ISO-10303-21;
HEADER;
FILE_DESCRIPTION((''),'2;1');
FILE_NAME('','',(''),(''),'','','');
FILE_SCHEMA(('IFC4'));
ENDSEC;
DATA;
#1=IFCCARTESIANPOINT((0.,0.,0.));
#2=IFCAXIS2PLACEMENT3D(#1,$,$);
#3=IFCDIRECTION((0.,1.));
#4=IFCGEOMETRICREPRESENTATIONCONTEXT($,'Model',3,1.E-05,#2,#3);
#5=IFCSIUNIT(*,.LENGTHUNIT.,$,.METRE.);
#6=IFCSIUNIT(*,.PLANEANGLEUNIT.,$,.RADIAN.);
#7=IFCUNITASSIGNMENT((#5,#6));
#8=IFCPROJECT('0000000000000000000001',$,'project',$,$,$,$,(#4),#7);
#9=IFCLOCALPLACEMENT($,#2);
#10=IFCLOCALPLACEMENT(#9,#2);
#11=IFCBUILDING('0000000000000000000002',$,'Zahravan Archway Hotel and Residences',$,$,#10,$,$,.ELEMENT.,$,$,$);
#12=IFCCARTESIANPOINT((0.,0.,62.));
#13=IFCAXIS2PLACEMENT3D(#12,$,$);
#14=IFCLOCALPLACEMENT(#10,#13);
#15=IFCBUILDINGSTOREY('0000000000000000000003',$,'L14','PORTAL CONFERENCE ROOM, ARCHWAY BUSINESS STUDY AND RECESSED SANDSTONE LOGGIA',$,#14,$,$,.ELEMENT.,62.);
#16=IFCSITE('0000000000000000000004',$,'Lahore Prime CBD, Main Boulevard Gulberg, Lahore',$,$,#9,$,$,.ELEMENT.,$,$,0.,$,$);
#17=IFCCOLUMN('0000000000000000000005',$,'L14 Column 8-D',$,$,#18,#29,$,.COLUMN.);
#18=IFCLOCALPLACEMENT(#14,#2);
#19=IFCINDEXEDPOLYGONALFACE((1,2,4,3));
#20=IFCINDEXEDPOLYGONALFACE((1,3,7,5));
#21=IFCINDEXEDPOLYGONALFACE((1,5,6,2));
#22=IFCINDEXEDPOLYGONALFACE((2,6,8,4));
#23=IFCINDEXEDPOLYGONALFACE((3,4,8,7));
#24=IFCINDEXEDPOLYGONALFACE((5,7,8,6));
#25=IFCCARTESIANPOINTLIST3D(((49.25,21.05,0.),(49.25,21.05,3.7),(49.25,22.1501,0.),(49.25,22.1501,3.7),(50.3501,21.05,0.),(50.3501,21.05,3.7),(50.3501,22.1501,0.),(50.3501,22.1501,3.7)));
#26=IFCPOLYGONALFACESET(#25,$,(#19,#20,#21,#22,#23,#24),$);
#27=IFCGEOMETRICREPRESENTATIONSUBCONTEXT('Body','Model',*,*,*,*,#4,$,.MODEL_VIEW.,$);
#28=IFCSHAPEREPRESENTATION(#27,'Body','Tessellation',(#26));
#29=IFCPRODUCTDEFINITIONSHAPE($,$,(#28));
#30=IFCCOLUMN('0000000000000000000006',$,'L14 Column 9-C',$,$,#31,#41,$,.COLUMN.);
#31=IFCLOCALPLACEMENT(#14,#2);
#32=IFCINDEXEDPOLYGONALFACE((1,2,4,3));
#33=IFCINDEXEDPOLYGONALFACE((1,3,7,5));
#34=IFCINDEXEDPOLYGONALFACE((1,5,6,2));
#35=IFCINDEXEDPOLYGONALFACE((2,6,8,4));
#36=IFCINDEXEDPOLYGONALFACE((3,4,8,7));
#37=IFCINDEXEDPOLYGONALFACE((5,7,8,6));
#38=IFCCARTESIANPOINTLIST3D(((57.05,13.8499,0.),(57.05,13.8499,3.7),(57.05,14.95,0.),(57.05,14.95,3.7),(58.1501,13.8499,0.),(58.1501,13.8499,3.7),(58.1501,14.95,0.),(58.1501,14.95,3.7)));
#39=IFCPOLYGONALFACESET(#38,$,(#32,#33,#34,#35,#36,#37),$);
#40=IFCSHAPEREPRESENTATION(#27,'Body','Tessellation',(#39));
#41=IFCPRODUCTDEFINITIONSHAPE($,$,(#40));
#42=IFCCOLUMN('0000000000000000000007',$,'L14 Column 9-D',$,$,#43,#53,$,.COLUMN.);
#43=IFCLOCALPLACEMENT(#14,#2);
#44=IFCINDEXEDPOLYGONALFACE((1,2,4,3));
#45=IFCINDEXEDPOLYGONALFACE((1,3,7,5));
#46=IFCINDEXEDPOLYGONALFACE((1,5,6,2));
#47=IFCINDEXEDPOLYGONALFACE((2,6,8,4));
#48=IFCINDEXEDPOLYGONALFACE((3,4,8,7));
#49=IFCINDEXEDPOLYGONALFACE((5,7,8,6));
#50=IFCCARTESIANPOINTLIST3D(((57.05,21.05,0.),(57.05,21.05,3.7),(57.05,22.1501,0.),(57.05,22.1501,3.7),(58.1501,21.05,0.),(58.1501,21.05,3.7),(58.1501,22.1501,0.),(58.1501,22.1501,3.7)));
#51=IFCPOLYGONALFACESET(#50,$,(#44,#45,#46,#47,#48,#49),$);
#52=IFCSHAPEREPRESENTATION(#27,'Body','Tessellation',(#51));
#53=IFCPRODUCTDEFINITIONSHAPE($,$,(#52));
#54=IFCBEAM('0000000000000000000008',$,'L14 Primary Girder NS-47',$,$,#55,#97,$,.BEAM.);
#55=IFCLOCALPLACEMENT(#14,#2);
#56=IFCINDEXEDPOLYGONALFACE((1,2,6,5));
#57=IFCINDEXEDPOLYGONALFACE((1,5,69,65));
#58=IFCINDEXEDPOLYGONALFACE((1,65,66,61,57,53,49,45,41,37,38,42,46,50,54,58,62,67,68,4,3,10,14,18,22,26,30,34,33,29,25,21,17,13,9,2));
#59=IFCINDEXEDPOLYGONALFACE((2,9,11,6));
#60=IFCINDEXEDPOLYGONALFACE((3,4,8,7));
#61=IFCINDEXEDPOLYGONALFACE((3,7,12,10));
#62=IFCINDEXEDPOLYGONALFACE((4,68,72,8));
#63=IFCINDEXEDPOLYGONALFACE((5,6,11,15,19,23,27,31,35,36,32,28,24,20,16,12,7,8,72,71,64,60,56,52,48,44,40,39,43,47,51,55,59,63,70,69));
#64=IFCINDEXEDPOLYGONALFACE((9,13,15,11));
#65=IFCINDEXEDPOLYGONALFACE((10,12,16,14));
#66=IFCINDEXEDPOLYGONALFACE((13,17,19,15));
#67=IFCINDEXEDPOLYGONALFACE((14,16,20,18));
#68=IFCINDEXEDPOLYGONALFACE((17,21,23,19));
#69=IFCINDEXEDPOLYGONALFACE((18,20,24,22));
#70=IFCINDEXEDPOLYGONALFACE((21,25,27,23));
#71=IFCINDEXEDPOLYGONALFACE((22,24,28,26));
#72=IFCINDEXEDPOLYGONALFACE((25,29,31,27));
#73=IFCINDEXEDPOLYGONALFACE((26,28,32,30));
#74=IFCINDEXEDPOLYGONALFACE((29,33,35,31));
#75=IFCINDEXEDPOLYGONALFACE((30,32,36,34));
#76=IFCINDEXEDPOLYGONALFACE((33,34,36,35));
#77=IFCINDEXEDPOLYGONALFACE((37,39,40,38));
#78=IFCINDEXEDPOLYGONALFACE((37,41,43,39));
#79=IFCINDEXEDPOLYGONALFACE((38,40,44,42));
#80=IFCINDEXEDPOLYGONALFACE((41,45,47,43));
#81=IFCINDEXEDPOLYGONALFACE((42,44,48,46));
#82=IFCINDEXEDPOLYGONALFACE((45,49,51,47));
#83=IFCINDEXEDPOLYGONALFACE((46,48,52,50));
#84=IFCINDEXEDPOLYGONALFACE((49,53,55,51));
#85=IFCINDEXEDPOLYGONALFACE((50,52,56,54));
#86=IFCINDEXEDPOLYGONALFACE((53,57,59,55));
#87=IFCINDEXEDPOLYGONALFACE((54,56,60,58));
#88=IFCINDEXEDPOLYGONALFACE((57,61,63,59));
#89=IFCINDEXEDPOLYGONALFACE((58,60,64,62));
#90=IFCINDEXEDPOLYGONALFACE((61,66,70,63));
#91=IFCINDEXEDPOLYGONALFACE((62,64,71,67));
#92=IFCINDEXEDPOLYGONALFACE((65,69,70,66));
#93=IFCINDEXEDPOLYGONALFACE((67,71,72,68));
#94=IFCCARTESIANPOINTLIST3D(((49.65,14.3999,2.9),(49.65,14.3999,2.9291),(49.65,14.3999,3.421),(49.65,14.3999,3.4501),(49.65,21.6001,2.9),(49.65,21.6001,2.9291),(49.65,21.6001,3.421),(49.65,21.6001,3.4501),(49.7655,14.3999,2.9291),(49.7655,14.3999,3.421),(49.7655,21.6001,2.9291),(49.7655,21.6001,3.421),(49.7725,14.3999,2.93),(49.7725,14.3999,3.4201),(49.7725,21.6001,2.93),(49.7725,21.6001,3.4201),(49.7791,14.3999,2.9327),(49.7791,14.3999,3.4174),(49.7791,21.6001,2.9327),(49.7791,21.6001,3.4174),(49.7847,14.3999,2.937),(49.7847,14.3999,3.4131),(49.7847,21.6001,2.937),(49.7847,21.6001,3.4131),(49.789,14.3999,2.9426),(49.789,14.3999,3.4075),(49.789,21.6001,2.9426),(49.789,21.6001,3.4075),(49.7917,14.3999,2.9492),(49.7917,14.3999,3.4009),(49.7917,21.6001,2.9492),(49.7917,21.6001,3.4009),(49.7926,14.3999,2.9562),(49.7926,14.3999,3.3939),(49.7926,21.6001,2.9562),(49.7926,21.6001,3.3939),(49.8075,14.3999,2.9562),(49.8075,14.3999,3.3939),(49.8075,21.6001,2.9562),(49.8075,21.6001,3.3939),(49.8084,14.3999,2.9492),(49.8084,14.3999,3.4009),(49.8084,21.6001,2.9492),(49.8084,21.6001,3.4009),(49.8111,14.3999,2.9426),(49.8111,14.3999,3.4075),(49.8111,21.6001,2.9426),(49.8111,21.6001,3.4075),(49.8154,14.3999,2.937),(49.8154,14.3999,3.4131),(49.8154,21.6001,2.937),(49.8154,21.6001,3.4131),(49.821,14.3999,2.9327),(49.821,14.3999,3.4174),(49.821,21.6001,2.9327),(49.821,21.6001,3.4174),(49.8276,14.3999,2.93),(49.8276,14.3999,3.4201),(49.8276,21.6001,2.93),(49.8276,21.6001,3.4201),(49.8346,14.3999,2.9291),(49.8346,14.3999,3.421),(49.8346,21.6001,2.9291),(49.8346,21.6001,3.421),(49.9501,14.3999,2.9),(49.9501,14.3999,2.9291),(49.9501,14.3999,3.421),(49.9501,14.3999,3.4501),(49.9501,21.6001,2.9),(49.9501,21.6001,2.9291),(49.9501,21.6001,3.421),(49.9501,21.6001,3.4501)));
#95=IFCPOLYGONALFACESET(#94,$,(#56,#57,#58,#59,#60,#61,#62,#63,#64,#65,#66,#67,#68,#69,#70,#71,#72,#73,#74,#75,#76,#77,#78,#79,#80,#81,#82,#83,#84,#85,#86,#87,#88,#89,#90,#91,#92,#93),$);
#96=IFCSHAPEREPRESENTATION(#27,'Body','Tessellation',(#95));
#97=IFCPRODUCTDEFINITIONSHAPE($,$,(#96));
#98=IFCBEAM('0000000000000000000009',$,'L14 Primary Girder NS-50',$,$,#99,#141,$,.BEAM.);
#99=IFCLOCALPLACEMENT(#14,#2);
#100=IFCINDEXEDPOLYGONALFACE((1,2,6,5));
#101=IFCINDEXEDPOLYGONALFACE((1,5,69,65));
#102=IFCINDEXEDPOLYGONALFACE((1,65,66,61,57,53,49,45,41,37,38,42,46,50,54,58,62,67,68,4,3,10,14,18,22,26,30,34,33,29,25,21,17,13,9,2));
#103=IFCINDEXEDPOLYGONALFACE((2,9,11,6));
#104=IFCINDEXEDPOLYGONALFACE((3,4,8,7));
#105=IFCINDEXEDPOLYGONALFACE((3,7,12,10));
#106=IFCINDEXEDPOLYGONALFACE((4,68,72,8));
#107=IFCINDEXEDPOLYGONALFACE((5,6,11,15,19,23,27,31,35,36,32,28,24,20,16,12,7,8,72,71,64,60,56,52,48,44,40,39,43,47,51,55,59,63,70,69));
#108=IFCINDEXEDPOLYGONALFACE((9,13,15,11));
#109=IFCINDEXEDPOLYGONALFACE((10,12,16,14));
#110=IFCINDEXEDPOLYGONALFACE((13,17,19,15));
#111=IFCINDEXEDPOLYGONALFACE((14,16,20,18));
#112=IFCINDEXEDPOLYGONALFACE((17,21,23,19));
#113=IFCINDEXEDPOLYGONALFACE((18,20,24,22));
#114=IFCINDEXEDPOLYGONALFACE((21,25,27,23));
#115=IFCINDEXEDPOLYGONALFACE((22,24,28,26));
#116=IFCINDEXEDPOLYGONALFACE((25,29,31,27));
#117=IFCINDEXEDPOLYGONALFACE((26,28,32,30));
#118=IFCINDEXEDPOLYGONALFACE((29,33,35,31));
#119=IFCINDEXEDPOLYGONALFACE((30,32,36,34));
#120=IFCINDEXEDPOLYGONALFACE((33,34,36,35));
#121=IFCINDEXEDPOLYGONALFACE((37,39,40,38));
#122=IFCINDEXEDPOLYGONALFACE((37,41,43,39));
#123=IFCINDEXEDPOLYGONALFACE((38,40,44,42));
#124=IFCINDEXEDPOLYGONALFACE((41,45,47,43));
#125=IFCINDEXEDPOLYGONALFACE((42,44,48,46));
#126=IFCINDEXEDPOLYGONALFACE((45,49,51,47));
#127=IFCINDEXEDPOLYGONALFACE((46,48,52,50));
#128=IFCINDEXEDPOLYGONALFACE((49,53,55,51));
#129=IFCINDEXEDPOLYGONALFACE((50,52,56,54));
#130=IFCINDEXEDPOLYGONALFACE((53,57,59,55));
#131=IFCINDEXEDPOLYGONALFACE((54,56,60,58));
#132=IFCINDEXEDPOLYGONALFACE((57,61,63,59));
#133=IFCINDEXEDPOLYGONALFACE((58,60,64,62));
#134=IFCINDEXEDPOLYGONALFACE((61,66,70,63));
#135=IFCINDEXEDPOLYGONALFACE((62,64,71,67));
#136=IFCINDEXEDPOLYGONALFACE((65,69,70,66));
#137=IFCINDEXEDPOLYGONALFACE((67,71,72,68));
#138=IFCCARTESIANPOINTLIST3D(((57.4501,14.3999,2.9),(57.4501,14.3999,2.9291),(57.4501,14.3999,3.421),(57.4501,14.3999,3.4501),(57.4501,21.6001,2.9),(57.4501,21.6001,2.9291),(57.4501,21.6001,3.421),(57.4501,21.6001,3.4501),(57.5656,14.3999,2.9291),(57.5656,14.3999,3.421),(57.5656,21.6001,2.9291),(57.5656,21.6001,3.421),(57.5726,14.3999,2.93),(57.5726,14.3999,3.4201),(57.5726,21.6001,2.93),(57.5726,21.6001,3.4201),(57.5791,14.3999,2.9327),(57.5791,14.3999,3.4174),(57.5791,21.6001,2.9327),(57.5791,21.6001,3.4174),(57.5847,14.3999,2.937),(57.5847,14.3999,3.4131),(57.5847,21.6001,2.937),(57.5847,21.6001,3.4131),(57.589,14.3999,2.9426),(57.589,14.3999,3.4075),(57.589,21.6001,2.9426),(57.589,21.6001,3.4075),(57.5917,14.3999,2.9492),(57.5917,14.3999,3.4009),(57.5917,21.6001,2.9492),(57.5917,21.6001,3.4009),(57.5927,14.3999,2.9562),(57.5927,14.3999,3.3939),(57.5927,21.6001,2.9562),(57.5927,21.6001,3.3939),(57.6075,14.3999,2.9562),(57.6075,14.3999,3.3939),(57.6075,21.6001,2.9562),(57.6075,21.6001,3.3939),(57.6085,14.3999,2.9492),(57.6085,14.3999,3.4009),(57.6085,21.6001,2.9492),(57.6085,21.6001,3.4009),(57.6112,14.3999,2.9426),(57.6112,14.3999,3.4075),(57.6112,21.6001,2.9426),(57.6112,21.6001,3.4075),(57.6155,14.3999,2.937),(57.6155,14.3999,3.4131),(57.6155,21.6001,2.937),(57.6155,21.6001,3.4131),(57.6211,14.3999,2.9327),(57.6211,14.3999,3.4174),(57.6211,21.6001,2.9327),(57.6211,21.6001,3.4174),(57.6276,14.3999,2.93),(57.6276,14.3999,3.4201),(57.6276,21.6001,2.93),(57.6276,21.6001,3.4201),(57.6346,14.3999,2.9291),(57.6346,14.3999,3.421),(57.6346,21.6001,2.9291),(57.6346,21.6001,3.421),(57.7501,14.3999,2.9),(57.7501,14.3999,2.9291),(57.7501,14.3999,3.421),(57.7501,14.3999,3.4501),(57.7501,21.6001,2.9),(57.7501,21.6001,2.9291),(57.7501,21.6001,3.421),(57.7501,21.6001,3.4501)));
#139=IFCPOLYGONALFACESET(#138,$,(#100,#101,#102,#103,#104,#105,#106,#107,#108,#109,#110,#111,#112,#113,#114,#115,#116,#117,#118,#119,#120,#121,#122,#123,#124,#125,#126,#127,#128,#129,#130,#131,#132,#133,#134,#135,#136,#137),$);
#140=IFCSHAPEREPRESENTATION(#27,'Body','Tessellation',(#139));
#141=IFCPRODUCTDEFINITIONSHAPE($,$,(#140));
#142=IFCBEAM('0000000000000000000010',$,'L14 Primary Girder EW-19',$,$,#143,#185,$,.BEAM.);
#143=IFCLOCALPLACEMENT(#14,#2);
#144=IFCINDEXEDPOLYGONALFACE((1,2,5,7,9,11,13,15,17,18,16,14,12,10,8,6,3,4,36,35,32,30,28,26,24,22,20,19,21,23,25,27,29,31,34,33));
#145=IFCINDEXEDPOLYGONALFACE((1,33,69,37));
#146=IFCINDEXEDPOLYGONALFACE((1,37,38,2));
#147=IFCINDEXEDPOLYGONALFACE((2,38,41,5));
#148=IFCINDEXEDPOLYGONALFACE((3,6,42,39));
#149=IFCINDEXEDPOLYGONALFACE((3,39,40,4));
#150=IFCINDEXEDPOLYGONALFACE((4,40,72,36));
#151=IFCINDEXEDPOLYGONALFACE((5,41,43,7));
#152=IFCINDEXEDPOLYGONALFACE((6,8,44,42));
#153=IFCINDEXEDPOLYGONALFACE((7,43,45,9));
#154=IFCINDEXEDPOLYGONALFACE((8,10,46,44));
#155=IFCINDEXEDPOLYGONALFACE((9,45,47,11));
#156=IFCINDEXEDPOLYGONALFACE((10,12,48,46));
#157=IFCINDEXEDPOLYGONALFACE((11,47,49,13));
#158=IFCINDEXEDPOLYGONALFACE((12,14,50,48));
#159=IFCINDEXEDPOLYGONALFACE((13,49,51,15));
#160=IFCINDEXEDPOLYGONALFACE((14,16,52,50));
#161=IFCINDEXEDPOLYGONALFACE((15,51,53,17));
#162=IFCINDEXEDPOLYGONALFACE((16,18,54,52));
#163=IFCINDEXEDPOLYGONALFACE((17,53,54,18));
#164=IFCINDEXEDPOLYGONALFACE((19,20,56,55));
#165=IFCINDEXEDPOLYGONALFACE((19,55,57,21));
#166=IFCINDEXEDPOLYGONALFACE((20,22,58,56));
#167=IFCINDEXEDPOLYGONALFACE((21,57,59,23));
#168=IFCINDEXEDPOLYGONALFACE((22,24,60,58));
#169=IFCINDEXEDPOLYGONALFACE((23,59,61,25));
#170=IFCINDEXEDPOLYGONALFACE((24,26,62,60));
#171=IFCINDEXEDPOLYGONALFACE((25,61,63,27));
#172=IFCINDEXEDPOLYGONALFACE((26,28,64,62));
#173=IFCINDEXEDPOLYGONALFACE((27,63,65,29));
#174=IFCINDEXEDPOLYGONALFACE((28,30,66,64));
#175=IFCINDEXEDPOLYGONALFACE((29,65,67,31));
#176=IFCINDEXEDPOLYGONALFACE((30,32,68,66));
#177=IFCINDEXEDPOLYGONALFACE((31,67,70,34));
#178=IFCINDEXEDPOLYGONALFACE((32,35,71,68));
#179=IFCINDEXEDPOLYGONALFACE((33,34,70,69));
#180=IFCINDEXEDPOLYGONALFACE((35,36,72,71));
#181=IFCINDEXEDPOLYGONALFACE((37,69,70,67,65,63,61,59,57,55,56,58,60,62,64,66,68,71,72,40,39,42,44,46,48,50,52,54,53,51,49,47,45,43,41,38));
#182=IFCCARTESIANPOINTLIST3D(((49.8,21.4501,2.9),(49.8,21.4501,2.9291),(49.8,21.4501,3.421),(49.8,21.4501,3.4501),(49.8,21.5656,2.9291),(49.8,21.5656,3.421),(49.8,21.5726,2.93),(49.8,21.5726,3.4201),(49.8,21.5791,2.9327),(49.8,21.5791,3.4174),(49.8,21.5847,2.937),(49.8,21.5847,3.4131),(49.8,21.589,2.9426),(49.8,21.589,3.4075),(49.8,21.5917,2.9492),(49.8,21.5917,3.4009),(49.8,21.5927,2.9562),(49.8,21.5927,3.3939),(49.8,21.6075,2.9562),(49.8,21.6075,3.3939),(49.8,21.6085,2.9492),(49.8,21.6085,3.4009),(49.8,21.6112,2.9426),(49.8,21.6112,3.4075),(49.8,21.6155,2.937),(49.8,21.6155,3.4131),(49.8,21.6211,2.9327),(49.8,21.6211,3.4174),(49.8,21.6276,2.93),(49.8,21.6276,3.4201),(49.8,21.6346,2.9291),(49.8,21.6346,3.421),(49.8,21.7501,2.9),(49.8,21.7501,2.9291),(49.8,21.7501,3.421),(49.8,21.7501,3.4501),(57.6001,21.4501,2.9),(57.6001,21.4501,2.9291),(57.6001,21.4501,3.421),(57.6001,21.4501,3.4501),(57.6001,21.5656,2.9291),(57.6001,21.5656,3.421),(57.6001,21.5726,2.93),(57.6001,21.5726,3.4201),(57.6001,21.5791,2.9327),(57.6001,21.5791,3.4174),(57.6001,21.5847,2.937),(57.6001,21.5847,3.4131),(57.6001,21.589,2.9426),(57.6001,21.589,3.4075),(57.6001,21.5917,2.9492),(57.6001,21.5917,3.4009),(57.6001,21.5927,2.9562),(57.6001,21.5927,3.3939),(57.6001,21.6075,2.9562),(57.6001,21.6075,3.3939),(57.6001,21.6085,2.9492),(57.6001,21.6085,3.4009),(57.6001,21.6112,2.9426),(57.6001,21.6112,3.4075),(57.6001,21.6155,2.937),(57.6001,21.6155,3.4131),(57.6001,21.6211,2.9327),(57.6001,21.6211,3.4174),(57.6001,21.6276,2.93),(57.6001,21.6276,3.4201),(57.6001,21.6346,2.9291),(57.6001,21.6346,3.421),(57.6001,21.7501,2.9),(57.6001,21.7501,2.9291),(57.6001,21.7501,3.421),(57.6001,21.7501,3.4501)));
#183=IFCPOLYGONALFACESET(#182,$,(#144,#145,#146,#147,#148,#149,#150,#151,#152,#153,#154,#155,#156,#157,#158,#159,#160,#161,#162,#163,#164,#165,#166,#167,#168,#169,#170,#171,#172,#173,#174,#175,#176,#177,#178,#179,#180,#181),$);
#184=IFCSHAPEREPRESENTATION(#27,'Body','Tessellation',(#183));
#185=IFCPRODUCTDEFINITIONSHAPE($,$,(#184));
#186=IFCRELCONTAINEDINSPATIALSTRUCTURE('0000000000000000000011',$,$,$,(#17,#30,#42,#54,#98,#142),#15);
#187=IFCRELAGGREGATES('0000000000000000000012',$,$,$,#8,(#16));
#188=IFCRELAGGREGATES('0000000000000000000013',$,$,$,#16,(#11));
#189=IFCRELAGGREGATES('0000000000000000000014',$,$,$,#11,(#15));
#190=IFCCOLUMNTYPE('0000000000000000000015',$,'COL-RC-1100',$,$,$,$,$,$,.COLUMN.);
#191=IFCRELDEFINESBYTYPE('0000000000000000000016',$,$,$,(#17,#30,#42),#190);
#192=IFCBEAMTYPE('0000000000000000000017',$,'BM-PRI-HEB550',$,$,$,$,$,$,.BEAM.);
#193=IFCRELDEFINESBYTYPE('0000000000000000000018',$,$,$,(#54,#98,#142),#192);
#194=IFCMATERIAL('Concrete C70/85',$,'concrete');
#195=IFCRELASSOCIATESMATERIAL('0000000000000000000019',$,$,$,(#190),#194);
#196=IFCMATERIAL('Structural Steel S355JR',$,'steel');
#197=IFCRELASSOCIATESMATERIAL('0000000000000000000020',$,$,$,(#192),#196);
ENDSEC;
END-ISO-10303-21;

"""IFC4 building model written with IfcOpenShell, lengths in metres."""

from ifc_helpers import new_model, si_unit, direction, frame, origin, origin_2d, place, context, subcontext, project, spatial, rectangle, i_section, extrude, source, transform, mapped, material, material_profile, profile_set, type_object, type_shapes, element, save


model = new_model("IFC4")

# Units and contexts
model_context = context("Model", 3, precision=1e-05, world=origin(), true_north=direction((0.0, 1.0)))
body_context = subcontext(model_context, "Body", "Model", "MODEL_VIEW")
ifc_project = project(units=[si_unit("LENGTHUNIT", "METRE"), si_unit("PLANEANGLEUNIT", "RADIAN")], contexts=[model_context])

# Site, building, storey
site_placement = place(None, origin())
site = spatial("IfcSite", under=ifc_project, at=site_placement, Name="Lahore Prime CBD, Main Boulevard Gulberg, Lahore", CompositionType="ELEMENT", RefElevation=0.0)
building_placement = place(site_placement, origin())
building = spatial("IfcBuilding", under=site, at=building_placement, Name="Zahravan Archway Hotel and Residences", CompositionType="ELEMENT")
storey_placement = place(building_placement, frame((0.0, 0.0, 62.0)))
storey = spatial("IfcBuildingStorey", under=building, at=storey_placement, Name="L14", Description="PORTAL CONFERENCE ROOM, ARCHWAY BUSINESS STUDY AND RECESSED SANDSTONE LOGGIA", CompositionType="ELEMENT", Elevation=62.0)

# Columns
ifc_material_1 = material(Name="Concrete C70/85", Category="concrete")
ifc_material_profile_1 = material_profile(ifc_material_1, rectangle(XDim=1.1001, YDim=1.1001, at=origin_2d()), Name="RC 1100x1100", Category="concrete")
ifc_profile_set_1 = profile_set([ifc_material_profile_1], Name="Concrete C70/85")
column_type = type_object("IfcColumnType", Name="COL-RC-1100", PredefinedType="COLUMN", material=ifc_profile_set_1)
shared_shape_1 = source(origin(), body_context, "Body", "SweptSolid", [
    extrude(rectangle(XDim=1.1001, YDim=1.1001, at=origin_2d()), origin(), (0.0, 0.0, 1.0), 3.7),
])
for number, where, z_axis, x_axis, name in (
    (1, (49.8, 21.6001, 0.0), (0.0, 0.0, 1.0), (1.0, 0.0, 0.0), "L14 Column 8-D"),
    (2, (57.6001, 14.3999, 0.0), (0.0, 0.0, 1.0), (1.0, 0.0, 0.0), "L14 Column 9-C"),
    (3, (57.6001, 21.6001, 0.0), (0.0, 0.0, 1.0), (1.0, 0.0, 0.0), "L14 Column 9-D"),
):
    element("IfcColumn", number, at=place(storey_placement, frame(where, z_axis=z_axis, x_axis=x_axis)), inside=storey, type_object=column_type, Name=name, PredefinedType="COLUMN", context=body_context, shape_type="MappedRepresentation", body=[
        mapped(shared_shape_1, transform((0.0, 0.0, 0.0), scale=1.0)),
    ])

# Beams
ifc_material_2 = material(Name="Structural Steel S355JR", Category="steel")
ifc_material_profile_2 = material_profile(ifc_material_2, i_section(OverallWidth=0.3, OverallDepth=0.55, WebThickness=0.0149, FlangeThickness=0.0291, FilletRadius=0.0271, at=origin_2d()), Name="HEB 550", Category="steel")
ifc_profile_set_2 = profile_set([ifc_material_profile_2], Name="Structural Steel S355JR")
beam_type_1 = type_object("IfcBeamType", Name="BM-PRI-HEB550", PredefinedType="BEAM", material=ifc_profile_set_2)
shared_shape_2 = source(origin(), body_context, "Body", "SweptSolid", [
    extrude(i_section(OverallWidth=0.3, OverallDepth=0.55, WebThickness=0.0149, FlangeThickness=0.0291, FilletRadius=0.0271, at=origin_2d()), origin(), (0.0, 0.0, 1.0), 7.2002),
])
type_shapes(beam_type_1, [shared_shape_2])
for number, where, z_axis, x_axis, name in (
    (4, (49.8, 14.3999, 3.175), (0.0, 1.0, 0.0), (-1.0, 0.0, 0.0), "L14 Primary Girder NS-47"),
    (5, (57.6001, 14.3999, 3.175), (0.0, 1.0, 0.0), (-1.0, 0.0, 0.0), "L14 Primary Girder NS-50"),
):
    element("IfcBeam", number, at=place(storey_placement, frame(where, z_axis=z_axis, x_axis=x_axis)), inside=storey, type_object=beam_type_1, Name=name, PredefinedType="BEAM", context=body_context, shape_type="MappedRepresentation", body=[
        mapped(shared_shape_2, transform((0.0, 0.0, 0.0), scale=1.0)),
    ])
shared_shape_3 = source(origin(), body_context, "Body", "SweptSolid", [
    extrude(i_section(OverallWidth=0.3, OverallDepth=0.55, WebThickness=0.0149, FlangeThickness=0.0291, FilletRadius=0.0271, at=origin_2d()), origin(), (0.0, 0.0, 1.0), 7.8),
])
beam_1_placement = place(storey_placement, frame((49.8, 21.6001, 3.175), z_axis=(1.0, 0.0, 0.0), x_axis=(0.0, 1.0, 0.0)))
element("IfcBeam", 6, at=beam_1_placement, inside=storey, type_object=beam_type_1, Name="L14 Primary Girder EW-19", PredefinedType="BEAM", context=body_context, shape_type="MappedRepresentation", body=[
    mapped(shared_shape_3, transform((0.0, 0.0, 0.0), scale=1.0)),
])

save(model, "model.ifc")
